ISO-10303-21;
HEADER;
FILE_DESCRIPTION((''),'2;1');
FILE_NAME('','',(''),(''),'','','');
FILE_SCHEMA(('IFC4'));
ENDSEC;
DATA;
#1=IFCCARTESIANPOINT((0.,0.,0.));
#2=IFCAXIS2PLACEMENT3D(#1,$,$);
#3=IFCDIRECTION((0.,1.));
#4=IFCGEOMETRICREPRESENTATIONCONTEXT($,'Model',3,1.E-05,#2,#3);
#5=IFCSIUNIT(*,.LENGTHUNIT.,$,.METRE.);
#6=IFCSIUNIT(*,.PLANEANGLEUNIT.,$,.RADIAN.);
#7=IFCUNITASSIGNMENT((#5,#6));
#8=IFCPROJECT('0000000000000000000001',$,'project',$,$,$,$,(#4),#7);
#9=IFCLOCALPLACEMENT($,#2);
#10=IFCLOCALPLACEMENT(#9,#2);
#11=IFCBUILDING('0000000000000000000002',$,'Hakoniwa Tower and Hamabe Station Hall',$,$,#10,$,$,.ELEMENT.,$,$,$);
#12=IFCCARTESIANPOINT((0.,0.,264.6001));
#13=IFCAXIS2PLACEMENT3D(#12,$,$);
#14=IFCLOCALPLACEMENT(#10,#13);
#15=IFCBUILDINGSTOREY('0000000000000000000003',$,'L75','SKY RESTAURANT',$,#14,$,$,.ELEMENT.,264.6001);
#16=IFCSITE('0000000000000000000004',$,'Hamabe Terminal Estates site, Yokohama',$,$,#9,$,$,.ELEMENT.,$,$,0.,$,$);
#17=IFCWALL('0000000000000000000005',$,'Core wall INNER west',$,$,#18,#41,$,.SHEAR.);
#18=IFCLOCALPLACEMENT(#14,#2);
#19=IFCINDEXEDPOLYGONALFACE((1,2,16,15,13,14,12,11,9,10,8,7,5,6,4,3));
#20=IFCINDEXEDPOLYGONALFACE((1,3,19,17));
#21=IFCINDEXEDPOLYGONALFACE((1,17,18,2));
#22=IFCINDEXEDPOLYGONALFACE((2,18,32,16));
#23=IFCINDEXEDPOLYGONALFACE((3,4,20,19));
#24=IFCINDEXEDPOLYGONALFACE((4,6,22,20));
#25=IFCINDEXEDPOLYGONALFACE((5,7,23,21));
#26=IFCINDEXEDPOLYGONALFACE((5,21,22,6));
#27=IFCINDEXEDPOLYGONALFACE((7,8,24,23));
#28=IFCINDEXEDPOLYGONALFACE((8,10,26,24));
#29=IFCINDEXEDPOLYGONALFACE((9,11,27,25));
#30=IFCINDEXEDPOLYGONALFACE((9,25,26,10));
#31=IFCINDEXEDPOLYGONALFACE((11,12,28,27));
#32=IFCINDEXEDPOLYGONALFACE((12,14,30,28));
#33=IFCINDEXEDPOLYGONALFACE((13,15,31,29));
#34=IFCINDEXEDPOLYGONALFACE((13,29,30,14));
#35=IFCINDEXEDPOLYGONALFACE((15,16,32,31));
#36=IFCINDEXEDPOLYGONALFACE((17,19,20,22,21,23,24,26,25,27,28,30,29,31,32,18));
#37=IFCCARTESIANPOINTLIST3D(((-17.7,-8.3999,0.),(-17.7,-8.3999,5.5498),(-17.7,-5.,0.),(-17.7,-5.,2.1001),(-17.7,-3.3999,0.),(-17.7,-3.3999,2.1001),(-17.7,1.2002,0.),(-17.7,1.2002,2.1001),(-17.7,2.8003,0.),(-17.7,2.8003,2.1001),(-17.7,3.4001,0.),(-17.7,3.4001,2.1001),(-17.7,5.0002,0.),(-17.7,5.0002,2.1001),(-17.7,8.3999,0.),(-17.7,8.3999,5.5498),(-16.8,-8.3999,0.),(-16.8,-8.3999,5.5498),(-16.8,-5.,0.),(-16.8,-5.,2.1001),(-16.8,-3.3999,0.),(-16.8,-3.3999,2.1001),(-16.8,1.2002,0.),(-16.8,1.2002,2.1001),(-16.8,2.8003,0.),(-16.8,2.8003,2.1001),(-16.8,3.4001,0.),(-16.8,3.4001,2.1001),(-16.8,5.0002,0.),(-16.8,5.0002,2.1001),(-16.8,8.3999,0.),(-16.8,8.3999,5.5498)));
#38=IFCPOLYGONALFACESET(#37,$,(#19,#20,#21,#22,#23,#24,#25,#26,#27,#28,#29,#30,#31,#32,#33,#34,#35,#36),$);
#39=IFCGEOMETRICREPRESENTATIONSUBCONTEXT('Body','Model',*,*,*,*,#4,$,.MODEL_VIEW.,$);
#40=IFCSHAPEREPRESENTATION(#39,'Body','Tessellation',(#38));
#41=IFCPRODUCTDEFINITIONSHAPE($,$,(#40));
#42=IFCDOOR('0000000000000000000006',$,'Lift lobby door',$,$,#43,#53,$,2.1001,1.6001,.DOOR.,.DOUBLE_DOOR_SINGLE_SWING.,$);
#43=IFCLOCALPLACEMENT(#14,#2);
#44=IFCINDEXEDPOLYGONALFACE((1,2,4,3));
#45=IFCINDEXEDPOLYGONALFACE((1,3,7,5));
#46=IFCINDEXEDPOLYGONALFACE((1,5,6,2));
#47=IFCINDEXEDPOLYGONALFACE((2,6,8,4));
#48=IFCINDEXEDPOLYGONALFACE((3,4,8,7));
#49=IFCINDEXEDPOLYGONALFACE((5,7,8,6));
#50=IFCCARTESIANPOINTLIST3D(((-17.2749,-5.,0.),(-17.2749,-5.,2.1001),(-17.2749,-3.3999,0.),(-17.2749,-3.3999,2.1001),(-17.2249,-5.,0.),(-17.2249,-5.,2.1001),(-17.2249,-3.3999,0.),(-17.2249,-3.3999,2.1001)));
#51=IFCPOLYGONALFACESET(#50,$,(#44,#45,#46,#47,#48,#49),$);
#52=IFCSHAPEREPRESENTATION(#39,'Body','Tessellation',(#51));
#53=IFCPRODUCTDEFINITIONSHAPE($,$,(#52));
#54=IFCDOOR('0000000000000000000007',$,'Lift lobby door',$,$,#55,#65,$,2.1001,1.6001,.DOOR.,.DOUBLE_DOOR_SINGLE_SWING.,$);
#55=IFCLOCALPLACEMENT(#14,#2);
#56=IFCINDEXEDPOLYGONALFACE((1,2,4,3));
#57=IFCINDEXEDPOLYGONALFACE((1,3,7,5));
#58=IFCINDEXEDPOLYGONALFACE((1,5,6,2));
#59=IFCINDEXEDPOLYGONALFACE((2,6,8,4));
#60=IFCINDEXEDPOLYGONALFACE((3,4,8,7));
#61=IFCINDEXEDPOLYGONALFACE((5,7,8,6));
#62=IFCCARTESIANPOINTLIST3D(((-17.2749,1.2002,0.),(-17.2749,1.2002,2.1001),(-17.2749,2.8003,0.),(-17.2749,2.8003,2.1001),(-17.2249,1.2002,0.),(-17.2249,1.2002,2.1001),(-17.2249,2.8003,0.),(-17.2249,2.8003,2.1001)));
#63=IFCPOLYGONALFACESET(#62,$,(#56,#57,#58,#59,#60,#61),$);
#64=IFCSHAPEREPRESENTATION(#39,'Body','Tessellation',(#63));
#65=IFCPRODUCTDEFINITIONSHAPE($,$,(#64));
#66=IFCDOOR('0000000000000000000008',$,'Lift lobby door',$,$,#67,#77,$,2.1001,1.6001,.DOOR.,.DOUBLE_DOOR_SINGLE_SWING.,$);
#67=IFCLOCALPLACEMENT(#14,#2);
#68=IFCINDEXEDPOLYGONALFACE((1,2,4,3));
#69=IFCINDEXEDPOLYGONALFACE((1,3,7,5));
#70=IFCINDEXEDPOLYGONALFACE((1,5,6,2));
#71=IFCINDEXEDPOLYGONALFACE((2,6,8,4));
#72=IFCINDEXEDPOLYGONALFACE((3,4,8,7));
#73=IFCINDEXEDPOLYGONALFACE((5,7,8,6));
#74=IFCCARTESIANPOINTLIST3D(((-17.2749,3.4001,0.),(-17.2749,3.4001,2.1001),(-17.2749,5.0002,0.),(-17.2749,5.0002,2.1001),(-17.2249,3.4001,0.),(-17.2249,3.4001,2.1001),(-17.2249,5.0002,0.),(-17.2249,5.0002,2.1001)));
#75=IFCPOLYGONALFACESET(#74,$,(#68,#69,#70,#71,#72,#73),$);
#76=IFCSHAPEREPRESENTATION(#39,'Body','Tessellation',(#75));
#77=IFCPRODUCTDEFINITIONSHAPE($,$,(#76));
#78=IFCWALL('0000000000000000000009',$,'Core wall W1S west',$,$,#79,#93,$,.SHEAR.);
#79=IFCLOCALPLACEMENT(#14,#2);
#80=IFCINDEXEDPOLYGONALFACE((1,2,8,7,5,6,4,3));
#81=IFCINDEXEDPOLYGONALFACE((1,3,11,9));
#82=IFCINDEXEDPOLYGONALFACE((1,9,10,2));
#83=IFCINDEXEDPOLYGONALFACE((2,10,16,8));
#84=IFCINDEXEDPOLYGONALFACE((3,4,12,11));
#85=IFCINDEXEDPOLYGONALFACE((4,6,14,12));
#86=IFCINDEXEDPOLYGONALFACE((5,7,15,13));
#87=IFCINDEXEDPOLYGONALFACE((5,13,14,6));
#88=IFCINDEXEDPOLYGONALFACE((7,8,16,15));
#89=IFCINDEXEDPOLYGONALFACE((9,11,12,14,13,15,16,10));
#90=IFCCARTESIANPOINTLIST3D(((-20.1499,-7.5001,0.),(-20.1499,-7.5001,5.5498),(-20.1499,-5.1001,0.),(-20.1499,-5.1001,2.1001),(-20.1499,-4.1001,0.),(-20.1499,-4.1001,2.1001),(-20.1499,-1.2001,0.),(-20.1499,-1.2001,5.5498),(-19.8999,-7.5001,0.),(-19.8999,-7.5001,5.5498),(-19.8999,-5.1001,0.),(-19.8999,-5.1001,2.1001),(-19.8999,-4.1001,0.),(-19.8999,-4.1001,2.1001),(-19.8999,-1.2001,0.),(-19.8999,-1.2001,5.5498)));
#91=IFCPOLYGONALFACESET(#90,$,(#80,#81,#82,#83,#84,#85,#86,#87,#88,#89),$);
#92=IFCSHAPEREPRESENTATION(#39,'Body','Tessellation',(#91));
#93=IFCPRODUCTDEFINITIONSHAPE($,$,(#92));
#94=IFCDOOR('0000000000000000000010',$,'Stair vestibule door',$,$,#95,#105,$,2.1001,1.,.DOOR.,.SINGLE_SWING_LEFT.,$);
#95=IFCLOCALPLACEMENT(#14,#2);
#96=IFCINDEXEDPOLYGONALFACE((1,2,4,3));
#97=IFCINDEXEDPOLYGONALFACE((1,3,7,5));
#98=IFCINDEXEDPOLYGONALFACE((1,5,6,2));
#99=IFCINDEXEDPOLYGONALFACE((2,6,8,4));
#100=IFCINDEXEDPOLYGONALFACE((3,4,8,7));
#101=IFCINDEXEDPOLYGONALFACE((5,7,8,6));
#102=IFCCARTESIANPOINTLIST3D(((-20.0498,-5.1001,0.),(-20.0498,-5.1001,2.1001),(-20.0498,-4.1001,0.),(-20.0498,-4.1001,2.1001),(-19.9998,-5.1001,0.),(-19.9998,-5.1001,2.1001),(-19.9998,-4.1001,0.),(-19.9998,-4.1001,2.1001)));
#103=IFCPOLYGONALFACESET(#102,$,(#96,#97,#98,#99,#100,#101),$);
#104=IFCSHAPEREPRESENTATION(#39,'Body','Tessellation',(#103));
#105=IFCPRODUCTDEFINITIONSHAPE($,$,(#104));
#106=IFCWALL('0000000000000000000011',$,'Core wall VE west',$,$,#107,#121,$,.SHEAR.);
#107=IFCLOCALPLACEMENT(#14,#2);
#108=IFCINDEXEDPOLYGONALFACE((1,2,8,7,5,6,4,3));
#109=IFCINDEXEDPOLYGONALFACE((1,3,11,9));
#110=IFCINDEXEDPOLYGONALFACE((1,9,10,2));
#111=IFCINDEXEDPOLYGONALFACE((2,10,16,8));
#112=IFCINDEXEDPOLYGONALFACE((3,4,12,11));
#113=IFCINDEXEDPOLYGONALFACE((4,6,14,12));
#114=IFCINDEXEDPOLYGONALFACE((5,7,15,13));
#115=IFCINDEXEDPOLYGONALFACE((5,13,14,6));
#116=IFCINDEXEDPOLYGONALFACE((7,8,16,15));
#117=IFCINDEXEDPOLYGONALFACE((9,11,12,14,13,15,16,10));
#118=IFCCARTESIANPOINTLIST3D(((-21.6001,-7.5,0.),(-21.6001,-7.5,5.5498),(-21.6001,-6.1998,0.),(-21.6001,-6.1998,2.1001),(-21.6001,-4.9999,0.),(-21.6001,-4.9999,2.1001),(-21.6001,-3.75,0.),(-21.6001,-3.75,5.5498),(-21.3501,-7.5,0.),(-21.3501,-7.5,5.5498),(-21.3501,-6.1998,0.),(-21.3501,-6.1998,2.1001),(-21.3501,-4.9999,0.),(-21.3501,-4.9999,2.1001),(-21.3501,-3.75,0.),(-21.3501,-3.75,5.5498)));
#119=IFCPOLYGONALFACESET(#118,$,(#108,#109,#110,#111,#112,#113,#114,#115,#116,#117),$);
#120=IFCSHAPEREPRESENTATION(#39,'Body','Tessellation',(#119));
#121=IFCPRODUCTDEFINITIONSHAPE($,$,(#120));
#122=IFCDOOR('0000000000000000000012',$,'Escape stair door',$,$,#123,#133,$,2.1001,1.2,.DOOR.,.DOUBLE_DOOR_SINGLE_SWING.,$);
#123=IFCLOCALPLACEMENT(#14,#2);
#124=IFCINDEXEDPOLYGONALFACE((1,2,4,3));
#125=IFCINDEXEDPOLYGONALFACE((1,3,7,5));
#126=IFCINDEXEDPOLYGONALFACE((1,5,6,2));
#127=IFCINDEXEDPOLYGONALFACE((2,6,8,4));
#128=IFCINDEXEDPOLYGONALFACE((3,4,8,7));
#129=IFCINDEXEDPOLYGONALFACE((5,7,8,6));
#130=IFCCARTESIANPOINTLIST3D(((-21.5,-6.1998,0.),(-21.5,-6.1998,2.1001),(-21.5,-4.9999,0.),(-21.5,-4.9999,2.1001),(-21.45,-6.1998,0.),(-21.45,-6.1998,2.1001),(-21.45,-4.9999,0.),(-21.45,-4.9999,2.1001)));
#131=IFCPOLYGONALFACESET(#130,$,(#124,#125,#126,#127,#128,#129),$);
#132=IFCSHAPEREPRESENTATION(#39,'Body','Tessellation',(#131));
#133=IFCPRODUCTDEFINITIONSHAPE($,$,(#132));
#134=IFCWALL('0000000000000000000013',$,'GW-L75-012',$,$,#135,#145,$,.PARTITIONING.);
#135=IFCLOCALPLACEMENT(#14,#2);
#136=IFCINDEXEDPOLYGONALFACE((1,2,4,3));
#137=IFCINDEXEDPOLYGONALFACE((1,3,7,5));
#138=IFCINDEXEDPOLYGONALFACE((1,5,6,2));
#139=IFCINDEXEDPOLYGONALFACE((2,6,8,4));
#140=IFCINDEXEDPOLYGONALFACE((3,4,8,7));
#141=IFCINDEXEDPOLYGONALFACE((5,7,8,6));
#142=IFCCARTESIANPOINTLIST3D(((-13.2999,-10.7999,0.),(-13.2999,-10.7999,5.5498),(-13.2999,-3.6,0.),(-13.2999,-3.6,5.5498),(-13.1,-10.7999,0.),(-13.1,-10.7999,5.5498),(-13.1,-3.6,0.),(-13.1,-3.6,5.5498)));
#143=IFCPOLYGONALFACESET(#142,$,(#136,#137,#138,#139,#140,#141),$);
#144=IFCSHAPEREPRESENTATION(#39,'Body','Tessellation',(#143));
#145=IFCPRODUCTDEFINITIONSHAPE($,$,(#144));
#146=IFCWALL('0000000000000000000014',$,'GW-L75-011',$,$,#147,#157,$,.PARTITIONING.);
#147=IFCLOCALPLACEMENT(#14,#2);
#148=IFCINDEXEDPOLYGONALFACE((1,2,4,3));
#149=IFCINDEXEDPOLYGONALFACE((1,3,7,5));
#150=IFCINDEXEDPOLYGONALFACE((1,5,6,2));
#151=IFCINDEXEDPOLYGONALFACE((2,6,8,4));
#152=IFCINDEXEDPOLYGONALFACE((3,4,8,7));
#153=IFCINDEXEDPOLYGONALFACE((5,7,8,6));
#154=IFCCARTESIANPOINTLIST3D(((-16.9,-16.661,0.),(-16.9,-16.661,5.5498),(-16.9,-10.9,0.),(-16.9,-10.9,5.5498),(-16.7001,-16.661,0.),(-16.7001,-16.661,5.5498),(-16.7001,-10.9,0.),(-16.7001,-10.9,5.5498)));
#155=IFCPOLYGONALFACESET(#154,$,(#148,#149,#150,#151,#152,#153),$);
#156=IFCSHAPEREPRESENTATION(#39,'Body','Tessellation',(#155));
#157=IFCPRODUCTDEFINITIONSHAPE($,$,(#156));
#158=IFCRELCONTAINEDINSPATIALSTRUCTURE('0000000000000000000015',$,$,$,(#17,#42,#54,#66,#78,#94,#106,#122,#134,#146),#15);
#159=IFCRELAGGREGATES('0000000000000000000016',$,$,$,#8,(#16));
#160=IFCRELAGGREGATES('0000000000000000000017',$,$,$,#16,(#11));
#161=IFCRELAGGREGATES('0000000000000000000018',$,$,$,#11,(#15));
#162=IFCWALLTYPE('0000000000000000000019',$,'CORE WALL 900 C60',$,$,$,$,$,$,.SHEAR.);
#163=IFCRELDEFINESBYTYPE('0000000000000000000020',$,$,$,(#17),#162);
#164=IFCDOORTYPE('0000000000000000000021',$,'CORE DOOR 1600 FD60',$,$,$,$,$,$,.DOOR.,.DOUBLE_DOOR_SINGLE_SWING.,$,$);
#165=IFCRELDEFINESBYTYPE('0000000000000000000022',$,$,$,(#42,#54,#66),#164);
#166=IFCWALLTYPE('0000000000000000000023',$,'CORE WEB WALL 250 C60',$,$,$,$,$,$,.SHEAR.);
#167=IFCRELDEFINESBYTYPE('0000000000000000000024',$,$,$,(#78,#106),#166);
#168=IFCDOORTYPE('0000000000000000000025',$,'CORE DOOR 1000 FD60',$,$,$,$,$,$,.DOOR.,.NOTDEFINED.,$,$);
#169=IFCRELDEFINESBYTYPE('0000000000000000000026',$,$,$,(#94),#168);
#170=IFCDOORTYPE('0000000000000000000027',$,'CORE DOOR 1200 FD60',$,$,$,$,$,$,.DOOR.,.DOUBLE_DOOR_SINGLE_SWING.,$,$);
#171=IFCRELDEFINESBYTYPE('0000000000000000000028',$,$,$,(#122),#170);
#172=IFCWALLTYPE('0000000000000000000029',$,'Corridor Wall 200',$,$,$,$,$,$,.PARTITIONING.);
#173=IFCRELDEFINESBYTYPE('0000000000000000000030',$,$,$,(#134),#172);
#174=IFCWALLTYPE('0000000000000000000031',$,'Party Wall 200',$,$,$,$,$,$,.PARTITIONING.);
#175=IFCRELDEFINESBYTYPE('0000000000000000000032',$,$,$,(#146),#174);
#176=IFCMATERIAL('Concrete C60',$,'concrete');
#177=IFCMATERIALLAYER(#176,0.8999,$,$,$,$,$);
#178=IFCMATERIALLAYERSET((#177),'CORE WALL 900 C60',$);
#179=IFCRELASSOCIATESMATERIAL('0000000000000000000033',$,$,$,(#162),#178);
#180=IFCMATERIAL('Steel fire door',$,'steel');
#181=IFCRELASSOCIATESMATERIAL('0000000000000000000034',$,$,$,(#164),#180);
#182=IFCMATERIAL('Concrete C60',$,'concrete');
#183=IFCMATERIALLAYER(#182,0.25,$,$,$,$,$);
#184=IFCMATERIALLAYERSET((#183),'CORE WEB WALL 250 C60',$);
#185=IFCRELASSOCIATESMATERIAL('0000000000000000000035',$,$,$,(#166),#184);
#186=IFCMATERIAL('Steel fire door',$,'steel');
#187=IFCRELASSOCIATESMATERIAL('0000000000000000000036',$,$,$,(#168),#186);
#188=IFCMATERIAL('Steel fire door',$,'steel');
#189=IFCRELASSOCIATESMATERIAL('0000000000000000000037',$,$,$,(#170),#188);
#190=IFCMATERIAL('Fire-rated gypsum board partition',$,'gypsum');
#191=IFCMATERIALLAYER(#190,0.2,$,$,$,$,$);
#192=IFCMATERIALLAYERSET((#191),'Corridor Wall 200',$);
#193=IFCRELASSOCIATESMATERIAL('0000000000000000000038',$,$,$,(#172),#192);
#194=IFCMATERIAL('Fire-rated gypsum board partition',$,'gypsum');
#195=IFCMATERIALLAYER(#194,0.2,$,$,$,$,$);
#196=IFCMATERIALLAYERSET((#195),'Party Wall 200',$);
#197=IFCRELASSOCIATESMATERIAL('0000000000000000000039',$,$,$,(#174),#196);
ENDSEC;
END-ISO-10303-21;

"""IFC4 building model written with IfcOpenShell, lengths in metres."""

from ifc_helpers import new_model, si_unit, direction, frame, frame_2d, origin, place, context, subcontext, project, spatial, rectangle, extrude, material, layer, layer_set, type_object, element, fill, save


model = new_model("IFC4")

# Units and contexts
model_context = context("Model", 3, precision=1e-05, world=origin(), true_north=direction((0.0, 1.0)))
body_context = subcontext(model_context, "Body", "Model", "MODEL_VIEW")
ifc_project = project(units=[si_unit("LENGTHUNIT", "METRE"), si_unit("PLANEANGLEUNIT", "RADIAN")], contexts=[model_context])

# Site, building, storey
site_placement = place(None, origin())
site = spatial("IfcSite", under=ifc_project, at=site_placement, Name="Hamabe Terminal Estates site, Yokohama", CompositionType="ELEMENT", RefElevation=0.0)
building_placement = place(site_placement, origin())
building = spatial("IfcBuilding", under=site, at=building_placement, Name="Hakoniwa Tower and Hamabe Station Hall", CompositionType="ELEMENT")
storey_placement = place(building_placement, frame((0.0, 0.0, 264.6001)))
storey = spatial("IfcBuildingStorey", under=building, at=storey_placement, Name="L75", Description="SKY RESTAURANT", CompositionType="ELEMENT", Elevation=264.6001)

# Wall, openings, doors
ifc_material_1 = material(Name="Concrete C60", Category="concrete")
ifc_layer_1 = layer(ifc_material_1, 0.8999)
ifc_layer_set_1 = layer_set([ifc_layer_1], Name="CORE WALL 900 C60")
wall_type_1 = type_object("IfcWallType", Name="CORE WALL 900 C60", PredefinedType="SHEAR", material=ifc_layer_set_1)
wall_1_placement = place(storey_placement, frame((-17.25, -8.3999, 0.0), z_axis=(0.0, 0.0, 1.0), x_axis=(0.0, 1.0, 0.0)))
wall_1 = element("IfcWall", 1, at=wall_1_placement, inside=storey, type_object=wall_type_1, Name="Core wall INNER west", PredefinedType="SHEAR", context=body_context, shape_type="SweptSolid", body=[
    extrude(rectangle(XDim=16.7998, YDim=0.8999, at=frame_2d((8.3999, 0.0))), origin(), (0.0, 0.0, 1.0), 5.5498),
])
opening_1_placement = place(wall_1_placement, frame((3.3999, 0.0, 0.0)))
opening_1 = element("IfcOpeningElement", 2, at=opening_1_placement, cuts=wall_1, PredefinedType="OPENING", context=body_context, shape_type="SweptSolid", body=[
    extrude(rectangle(XDim=1.6001, YDim=2.1001, at=frame_2d((0.8, 1.05))), frame((0.0, 0.46, 0.0), z_axis=(0.0, -1.0, 0.0), x_axis=(1.0, 0.0, 0.0)), (0.0, 0.0, 1.0), 0.9199),
])
opening_2_placement = place(wall_1_placement, frame((9.6001, 0.0, 0.0)))
opening_2 = element("IfcOpeningElement", 3, at=opening_2_placement, cuts=wall_1, PredefinedType="OPENING", context=body_context, shape_type="SweptSolid", body=[
    extrude(rectangle(XDim=1.6001, YDim=2.1001, at=frame_2d((0.8, 1.05))), frame((0.0, 0.46, 0.0), z_axis=(0.0, -1.0, 0.0), x_axis=(1.0, 0.0, 0.0)), (0.0, 0.0, 1.0), 0.9199),
])
opening_3_placement = place(wall_1_placement, frame((11.8, 0.0, 0.0)))
opening_3 = element("IfcOpeningElement", 4, at=opening_3_placement, cuts=wall_1, PredefinedType="OPENING", context=body_context, shape_type="SweptSolid", body=[
    extrude(rectangle(XDim=1.6001, YDim=2.1001, at=frame_2d((0.8, 1.05))), frame((0.0, 0.46, 0.0), z_axis=(0.0, -1.0, 0.0), x_axis=(1.0, 0.0, 0.0)), (0.0, 0.0, 1.0), 0.9199),
])
ifc_material_2 = material(Name="Steel fire door", Category="steel")
door_type_1 = type_object("IfcDoorType", Name="CORE DOOR 1600 FD60", OperationType="DOUBLE_DOOR_SINGLE_SWING", PredefinedType="DOOR", material=ifc_material_2)
door_1_placement = place(opening_1_placement, origin())
door_1 = element("IfcDoor", 5, at=door_1_placement, inside=storey, type_object=door_type_1, Name="Lift lobby door", OperationType="DOUBLE_DOOR_SINGLE_SWING", OverallHeight=2.1001, OverallWidth=1.6001, PredefinedType="DOOR", context=body_context, shape_type="SweptSolid", body=[
    extrude(rectangle(XDim=1.6001, YDim=2.1001, at=frame_2d((0.8, 1.05))), frame((0.0, 0.0249, 0.0), z_axis=(0.0, -1.0, 0.0), x_axis=(1.0, 0.0, 0.0)), (0.0, 0.0, 1.0), 0.05),
])
fill(opening_1, door_1)
door_2_placement = place(opening_2_placement, origin())
door_2 = element("IfcDoor", 6, at=door_2_placement, inside=storey, type_object=door_type_1, Name="Lift lobby door", OperationType="DOUBLE_DOOR_SINGLE_SWING", OverallHeight=2.1001, OverallWidth=1.6001, PredefinedType="DOOR", context=body_context, shape_type="SweptSolid", body=[
    extrude(rectangle(XDim=1.6001, YDim=2.1001, at=frame_2d((0.8, 1.05))), frame((0.0, 0.0249, 0.0), z_axis=(0.0, -1.0, 0.0), x_axis=(1.0, 0.0, 0.0)), (0.0, 0.0, 1.0), 0.05),
])
fill(opening_2, door_2)
door_3_placement = place(opening_3_placement, origin())
door_3 = element("IfcDoor", 7, at=door_3_placement, inside=storey, type_object=door_type_1, Name="Lift lobby door", OperationType="DOUBLE_DOOR_SINGLE_SWING", OverallHeight=2.1001, OverallWidth=1.6001, PredefinedType="DOOR", context=body_context, shape_type="SweptSolid", body=[
    extrude(rectangle(XDim=1.6001, YDim=2.1001, at=frame_2d((0.8, 1.05))), frame((0.0, 0.0249, 0.0), z_axis=(0.0, -1.0, 0.0), x_axis=(1.0, 0.0, 0.0)), (0.0, 0.0, 1.0), 0.05),
])
fill(opening_3, door_3)

# Walls, openings, doors
ifc_material_3 = material(Name="Concrete C60", Category="concrete")
ifc_layer_2 = layer(ifc_material_3, 0.25)
ifc_layer_set_2 = layer_set([ifc_layer_2], Name="CORE WEB WALL 250 C60")
wall_type_2 = type_object("IfcWallType", Name="CORE WEB WALL 250 C60", PredefinedType="SHEAR", material=ifc_layer_set_2)
wall_2_placement = place(storey_placement, frame((-20.0249, -7.5, 0.0), z_axis=(0.0, 0.0, 1.0), x_axis=(0.0, 1.0, 0.0)))
wall_2 = element("IfcWall", 8, at=wall_2_placement, inside=storey, type_object=wall_type_2, Name="Core wall W1S west", PredefinedType="SHEAR", context=body_context, shape_type="SweptSolid", body=[
    extrude(rectangle(XDim=6.3, YDim=0.25, at=frame_2d((3.1499, 0.0))), origin(), (0.0, 0.0, 1.0), 5.5498),
])
opening_4_placement = place(wall_2_placement, frame((2.3999, 0.0, 0.0)))
opening_4 = element("IfcOpeningElement", 9, at=opening_4_placement, cuts=wall_2, PredefinedType="OPENING", context=body_context, shape_type="SweptSolid", body=[
    extrude(rectangle(XDim=1.0, YDim=2.1001, at=frame_2d((0.5, 1.05))), frame((0.0, 0.135, 0.0), z_axis=(0.0, -1.0, 0.0), x_axis=(1.0, 0.0, 0.0)), (0.0, 0.0, 1.0), 0.27),
])
ifc_material_4 = material(Name="Steel fire door", Category="steel")
door_type_2 = type_object("IfcDoorType", Name="CORE DOOR 1000 FD60", OperationType="NOTDEFINED", PredefinedType="DOOR", material=ifc_material_4)
door_4_placement = place(opening_4_placement, origin())
door_4 = element("IfcDoor", 10, at=door_4_placement, inside=storey, type_object=door_type_2, Name="Stair vestibule door", OperationType="SINGLE_SWING_LEFT", OverallHeight=2.1001, OverallWidth=1.0, PredefinedType="DOOR", context=body_context, shape_type="SweptSolid", body=[
    extrude(rectangle(XDim=1.0, YDim=2.1001, at=frame_2d((0.5, 1.05))), frame((0.0, 0.0249, 0.0), z_axis=(0.0, -1.0, 0.0), x_axis=(1.0, 0.0, 0.0)), (0.0, 0.0, 1.0), 0.05),
])
fill(opening_4, door_4)
wall_3_placement = place(storey_placement, frame((-21.4751, -7.5, 0.0), z_axis=(0.0, 0.0, 1.0), x_axis=(0.0, 1.0, 0.0)))
wall_3 = element("IfcWall", 11, at=wall_3_placement, inside=storey, type_object=wall_type_2, Name="Core wall VE west", PredefinedType="SHEAR", context=body_context, shape_type="SweptSolid", body=[
    extrude(rectangle(XDim=3.75, YDim=0.25, at=frame_2d((1.875, 0.0))), origin(), (0.0, 0.0, 1.0), 5.5498),
])
opening_5_placement = place(wall_3_placement, frame((1.3, 0.0, 0.0)))
opening_5 = element("IfcOpeningElement", 12, at=opening_5_placement, cuts=wall_3, PredefinedType="OPENING", context=body_context, shape_type="SweptSolid", body=[
    extrude(rectangle(XDim=1.2, YDim=2.1001, at=frame_2d((0.6001, 1.05))), frame((0.0, 0.135, 0.0), z_axis=(0.0, -1.0, 0.0), x_axis=(1.0, 0.0, 0.0)), (0.0, 0.0, 1.0), 0.27),
])
ifc_material_5 = material(Name="Steel fire door", Category="steel")
door_type_3 = type_object("IfcDoorType", Name="CORE DOOR 1200 FD60", OperationType="DOUBLE_DOOR_SINGLE_SWING", PredefinedType="DOOR", material=ifc_material_5)
door_5_placement = place(opening_5_placement, origin())
door_5 = element("IfcDoor", 13, at=door_5_placement, inside=storey, type_object=door_type_3, Name="Escape stair door", OperationType="DOUBLE_DOOR_SINGLE_SWING", OverallHeight=2.1001, OverallWidth=1.2, PredefinedType="DOOR", context=body_context, shape_type="SweptSolid", body=[
    extrude(rectangle(XDim=1.2, YDim=2.1001, at=frame_2d((0.6001, 1.05))), frame((0.0, 0.0249, 0.0), z_axis=(0.0, -1.0, 0.0), x_axis=(1.0, 0.0, 0.0)), (0.0, 0.0, 1.0), 0.05),
])
fill(opening_5, door_5)

# Walls
ifc_material_6 = material(Name="Fire-rated gypsum board partition", Category="gypsum")
ifc_layer_3 = layer(ifc_material_6, 0.2)
ifc_layer_set_3 = layer_set([ifc_layer_3], Name="Corridor Wall 200")
wall_type_3 = type_object("IfcWallType", Name="Corridor Wall 200", PredefinedType="PARTITIONING", material=ifc_layer_set_3)
wall_4_placement = place(storey_placement, frame((-13.2, -10.8, 0.0), z_axis=(0.0, 0.0, 1.0), x_axis=(0.0, 1.0, 0.0)))
element("IfcWall", 14, at=wall_4_placement, inside=storey, type_object=wall_type_3, Name="GW-L75-012", PredefinedType="PARTITIONING", context=body_context, shape_type="SweptSolid", body=[
    extrude(rectangle(XDim=7.2, YDim=0.2, at=frame_2d((3.6001, 0.0))), origin(), (0.0, 0.0, 1.0), 5.5498),
])
ifc_material_7 = material(Name="Fire-rated gypsum board partition", Category="gypsum")
ifc_layer_4 = layer(ifc_material_7, 0.2)
ifc_layer_set_4 = layer_set([ifc_layer_4], Name="Party Wall 200")
wall_type_4 = type_object("IfcWallType", Name="Party Wall 200", PredefinedType="PARTITIONING", material=ifc_layer_set_4)
wall_5_placement = place(storey_placement, frame((-16.8, -16.6609, 0.0), z_axis=(0.0, 0.0, 1.0), x_axis=(0.0, 1.0, 0.0)))
element("IfcWall", 15, at=wall_5_placement, inside=storey, type_object=wall_type_4, Name="GW-L75-011", PredefinedType="PARTITIONING", context=body_context, shape_type="SweptSolid", body=[
    extrude(rectangle(XDim=5.761, YDim=0.2, at=frame_2d((2.8804, 0.0))), origin(), (0.0, 0.0, 1.0), 5.5498),
])

save(model, "model.ifc")
